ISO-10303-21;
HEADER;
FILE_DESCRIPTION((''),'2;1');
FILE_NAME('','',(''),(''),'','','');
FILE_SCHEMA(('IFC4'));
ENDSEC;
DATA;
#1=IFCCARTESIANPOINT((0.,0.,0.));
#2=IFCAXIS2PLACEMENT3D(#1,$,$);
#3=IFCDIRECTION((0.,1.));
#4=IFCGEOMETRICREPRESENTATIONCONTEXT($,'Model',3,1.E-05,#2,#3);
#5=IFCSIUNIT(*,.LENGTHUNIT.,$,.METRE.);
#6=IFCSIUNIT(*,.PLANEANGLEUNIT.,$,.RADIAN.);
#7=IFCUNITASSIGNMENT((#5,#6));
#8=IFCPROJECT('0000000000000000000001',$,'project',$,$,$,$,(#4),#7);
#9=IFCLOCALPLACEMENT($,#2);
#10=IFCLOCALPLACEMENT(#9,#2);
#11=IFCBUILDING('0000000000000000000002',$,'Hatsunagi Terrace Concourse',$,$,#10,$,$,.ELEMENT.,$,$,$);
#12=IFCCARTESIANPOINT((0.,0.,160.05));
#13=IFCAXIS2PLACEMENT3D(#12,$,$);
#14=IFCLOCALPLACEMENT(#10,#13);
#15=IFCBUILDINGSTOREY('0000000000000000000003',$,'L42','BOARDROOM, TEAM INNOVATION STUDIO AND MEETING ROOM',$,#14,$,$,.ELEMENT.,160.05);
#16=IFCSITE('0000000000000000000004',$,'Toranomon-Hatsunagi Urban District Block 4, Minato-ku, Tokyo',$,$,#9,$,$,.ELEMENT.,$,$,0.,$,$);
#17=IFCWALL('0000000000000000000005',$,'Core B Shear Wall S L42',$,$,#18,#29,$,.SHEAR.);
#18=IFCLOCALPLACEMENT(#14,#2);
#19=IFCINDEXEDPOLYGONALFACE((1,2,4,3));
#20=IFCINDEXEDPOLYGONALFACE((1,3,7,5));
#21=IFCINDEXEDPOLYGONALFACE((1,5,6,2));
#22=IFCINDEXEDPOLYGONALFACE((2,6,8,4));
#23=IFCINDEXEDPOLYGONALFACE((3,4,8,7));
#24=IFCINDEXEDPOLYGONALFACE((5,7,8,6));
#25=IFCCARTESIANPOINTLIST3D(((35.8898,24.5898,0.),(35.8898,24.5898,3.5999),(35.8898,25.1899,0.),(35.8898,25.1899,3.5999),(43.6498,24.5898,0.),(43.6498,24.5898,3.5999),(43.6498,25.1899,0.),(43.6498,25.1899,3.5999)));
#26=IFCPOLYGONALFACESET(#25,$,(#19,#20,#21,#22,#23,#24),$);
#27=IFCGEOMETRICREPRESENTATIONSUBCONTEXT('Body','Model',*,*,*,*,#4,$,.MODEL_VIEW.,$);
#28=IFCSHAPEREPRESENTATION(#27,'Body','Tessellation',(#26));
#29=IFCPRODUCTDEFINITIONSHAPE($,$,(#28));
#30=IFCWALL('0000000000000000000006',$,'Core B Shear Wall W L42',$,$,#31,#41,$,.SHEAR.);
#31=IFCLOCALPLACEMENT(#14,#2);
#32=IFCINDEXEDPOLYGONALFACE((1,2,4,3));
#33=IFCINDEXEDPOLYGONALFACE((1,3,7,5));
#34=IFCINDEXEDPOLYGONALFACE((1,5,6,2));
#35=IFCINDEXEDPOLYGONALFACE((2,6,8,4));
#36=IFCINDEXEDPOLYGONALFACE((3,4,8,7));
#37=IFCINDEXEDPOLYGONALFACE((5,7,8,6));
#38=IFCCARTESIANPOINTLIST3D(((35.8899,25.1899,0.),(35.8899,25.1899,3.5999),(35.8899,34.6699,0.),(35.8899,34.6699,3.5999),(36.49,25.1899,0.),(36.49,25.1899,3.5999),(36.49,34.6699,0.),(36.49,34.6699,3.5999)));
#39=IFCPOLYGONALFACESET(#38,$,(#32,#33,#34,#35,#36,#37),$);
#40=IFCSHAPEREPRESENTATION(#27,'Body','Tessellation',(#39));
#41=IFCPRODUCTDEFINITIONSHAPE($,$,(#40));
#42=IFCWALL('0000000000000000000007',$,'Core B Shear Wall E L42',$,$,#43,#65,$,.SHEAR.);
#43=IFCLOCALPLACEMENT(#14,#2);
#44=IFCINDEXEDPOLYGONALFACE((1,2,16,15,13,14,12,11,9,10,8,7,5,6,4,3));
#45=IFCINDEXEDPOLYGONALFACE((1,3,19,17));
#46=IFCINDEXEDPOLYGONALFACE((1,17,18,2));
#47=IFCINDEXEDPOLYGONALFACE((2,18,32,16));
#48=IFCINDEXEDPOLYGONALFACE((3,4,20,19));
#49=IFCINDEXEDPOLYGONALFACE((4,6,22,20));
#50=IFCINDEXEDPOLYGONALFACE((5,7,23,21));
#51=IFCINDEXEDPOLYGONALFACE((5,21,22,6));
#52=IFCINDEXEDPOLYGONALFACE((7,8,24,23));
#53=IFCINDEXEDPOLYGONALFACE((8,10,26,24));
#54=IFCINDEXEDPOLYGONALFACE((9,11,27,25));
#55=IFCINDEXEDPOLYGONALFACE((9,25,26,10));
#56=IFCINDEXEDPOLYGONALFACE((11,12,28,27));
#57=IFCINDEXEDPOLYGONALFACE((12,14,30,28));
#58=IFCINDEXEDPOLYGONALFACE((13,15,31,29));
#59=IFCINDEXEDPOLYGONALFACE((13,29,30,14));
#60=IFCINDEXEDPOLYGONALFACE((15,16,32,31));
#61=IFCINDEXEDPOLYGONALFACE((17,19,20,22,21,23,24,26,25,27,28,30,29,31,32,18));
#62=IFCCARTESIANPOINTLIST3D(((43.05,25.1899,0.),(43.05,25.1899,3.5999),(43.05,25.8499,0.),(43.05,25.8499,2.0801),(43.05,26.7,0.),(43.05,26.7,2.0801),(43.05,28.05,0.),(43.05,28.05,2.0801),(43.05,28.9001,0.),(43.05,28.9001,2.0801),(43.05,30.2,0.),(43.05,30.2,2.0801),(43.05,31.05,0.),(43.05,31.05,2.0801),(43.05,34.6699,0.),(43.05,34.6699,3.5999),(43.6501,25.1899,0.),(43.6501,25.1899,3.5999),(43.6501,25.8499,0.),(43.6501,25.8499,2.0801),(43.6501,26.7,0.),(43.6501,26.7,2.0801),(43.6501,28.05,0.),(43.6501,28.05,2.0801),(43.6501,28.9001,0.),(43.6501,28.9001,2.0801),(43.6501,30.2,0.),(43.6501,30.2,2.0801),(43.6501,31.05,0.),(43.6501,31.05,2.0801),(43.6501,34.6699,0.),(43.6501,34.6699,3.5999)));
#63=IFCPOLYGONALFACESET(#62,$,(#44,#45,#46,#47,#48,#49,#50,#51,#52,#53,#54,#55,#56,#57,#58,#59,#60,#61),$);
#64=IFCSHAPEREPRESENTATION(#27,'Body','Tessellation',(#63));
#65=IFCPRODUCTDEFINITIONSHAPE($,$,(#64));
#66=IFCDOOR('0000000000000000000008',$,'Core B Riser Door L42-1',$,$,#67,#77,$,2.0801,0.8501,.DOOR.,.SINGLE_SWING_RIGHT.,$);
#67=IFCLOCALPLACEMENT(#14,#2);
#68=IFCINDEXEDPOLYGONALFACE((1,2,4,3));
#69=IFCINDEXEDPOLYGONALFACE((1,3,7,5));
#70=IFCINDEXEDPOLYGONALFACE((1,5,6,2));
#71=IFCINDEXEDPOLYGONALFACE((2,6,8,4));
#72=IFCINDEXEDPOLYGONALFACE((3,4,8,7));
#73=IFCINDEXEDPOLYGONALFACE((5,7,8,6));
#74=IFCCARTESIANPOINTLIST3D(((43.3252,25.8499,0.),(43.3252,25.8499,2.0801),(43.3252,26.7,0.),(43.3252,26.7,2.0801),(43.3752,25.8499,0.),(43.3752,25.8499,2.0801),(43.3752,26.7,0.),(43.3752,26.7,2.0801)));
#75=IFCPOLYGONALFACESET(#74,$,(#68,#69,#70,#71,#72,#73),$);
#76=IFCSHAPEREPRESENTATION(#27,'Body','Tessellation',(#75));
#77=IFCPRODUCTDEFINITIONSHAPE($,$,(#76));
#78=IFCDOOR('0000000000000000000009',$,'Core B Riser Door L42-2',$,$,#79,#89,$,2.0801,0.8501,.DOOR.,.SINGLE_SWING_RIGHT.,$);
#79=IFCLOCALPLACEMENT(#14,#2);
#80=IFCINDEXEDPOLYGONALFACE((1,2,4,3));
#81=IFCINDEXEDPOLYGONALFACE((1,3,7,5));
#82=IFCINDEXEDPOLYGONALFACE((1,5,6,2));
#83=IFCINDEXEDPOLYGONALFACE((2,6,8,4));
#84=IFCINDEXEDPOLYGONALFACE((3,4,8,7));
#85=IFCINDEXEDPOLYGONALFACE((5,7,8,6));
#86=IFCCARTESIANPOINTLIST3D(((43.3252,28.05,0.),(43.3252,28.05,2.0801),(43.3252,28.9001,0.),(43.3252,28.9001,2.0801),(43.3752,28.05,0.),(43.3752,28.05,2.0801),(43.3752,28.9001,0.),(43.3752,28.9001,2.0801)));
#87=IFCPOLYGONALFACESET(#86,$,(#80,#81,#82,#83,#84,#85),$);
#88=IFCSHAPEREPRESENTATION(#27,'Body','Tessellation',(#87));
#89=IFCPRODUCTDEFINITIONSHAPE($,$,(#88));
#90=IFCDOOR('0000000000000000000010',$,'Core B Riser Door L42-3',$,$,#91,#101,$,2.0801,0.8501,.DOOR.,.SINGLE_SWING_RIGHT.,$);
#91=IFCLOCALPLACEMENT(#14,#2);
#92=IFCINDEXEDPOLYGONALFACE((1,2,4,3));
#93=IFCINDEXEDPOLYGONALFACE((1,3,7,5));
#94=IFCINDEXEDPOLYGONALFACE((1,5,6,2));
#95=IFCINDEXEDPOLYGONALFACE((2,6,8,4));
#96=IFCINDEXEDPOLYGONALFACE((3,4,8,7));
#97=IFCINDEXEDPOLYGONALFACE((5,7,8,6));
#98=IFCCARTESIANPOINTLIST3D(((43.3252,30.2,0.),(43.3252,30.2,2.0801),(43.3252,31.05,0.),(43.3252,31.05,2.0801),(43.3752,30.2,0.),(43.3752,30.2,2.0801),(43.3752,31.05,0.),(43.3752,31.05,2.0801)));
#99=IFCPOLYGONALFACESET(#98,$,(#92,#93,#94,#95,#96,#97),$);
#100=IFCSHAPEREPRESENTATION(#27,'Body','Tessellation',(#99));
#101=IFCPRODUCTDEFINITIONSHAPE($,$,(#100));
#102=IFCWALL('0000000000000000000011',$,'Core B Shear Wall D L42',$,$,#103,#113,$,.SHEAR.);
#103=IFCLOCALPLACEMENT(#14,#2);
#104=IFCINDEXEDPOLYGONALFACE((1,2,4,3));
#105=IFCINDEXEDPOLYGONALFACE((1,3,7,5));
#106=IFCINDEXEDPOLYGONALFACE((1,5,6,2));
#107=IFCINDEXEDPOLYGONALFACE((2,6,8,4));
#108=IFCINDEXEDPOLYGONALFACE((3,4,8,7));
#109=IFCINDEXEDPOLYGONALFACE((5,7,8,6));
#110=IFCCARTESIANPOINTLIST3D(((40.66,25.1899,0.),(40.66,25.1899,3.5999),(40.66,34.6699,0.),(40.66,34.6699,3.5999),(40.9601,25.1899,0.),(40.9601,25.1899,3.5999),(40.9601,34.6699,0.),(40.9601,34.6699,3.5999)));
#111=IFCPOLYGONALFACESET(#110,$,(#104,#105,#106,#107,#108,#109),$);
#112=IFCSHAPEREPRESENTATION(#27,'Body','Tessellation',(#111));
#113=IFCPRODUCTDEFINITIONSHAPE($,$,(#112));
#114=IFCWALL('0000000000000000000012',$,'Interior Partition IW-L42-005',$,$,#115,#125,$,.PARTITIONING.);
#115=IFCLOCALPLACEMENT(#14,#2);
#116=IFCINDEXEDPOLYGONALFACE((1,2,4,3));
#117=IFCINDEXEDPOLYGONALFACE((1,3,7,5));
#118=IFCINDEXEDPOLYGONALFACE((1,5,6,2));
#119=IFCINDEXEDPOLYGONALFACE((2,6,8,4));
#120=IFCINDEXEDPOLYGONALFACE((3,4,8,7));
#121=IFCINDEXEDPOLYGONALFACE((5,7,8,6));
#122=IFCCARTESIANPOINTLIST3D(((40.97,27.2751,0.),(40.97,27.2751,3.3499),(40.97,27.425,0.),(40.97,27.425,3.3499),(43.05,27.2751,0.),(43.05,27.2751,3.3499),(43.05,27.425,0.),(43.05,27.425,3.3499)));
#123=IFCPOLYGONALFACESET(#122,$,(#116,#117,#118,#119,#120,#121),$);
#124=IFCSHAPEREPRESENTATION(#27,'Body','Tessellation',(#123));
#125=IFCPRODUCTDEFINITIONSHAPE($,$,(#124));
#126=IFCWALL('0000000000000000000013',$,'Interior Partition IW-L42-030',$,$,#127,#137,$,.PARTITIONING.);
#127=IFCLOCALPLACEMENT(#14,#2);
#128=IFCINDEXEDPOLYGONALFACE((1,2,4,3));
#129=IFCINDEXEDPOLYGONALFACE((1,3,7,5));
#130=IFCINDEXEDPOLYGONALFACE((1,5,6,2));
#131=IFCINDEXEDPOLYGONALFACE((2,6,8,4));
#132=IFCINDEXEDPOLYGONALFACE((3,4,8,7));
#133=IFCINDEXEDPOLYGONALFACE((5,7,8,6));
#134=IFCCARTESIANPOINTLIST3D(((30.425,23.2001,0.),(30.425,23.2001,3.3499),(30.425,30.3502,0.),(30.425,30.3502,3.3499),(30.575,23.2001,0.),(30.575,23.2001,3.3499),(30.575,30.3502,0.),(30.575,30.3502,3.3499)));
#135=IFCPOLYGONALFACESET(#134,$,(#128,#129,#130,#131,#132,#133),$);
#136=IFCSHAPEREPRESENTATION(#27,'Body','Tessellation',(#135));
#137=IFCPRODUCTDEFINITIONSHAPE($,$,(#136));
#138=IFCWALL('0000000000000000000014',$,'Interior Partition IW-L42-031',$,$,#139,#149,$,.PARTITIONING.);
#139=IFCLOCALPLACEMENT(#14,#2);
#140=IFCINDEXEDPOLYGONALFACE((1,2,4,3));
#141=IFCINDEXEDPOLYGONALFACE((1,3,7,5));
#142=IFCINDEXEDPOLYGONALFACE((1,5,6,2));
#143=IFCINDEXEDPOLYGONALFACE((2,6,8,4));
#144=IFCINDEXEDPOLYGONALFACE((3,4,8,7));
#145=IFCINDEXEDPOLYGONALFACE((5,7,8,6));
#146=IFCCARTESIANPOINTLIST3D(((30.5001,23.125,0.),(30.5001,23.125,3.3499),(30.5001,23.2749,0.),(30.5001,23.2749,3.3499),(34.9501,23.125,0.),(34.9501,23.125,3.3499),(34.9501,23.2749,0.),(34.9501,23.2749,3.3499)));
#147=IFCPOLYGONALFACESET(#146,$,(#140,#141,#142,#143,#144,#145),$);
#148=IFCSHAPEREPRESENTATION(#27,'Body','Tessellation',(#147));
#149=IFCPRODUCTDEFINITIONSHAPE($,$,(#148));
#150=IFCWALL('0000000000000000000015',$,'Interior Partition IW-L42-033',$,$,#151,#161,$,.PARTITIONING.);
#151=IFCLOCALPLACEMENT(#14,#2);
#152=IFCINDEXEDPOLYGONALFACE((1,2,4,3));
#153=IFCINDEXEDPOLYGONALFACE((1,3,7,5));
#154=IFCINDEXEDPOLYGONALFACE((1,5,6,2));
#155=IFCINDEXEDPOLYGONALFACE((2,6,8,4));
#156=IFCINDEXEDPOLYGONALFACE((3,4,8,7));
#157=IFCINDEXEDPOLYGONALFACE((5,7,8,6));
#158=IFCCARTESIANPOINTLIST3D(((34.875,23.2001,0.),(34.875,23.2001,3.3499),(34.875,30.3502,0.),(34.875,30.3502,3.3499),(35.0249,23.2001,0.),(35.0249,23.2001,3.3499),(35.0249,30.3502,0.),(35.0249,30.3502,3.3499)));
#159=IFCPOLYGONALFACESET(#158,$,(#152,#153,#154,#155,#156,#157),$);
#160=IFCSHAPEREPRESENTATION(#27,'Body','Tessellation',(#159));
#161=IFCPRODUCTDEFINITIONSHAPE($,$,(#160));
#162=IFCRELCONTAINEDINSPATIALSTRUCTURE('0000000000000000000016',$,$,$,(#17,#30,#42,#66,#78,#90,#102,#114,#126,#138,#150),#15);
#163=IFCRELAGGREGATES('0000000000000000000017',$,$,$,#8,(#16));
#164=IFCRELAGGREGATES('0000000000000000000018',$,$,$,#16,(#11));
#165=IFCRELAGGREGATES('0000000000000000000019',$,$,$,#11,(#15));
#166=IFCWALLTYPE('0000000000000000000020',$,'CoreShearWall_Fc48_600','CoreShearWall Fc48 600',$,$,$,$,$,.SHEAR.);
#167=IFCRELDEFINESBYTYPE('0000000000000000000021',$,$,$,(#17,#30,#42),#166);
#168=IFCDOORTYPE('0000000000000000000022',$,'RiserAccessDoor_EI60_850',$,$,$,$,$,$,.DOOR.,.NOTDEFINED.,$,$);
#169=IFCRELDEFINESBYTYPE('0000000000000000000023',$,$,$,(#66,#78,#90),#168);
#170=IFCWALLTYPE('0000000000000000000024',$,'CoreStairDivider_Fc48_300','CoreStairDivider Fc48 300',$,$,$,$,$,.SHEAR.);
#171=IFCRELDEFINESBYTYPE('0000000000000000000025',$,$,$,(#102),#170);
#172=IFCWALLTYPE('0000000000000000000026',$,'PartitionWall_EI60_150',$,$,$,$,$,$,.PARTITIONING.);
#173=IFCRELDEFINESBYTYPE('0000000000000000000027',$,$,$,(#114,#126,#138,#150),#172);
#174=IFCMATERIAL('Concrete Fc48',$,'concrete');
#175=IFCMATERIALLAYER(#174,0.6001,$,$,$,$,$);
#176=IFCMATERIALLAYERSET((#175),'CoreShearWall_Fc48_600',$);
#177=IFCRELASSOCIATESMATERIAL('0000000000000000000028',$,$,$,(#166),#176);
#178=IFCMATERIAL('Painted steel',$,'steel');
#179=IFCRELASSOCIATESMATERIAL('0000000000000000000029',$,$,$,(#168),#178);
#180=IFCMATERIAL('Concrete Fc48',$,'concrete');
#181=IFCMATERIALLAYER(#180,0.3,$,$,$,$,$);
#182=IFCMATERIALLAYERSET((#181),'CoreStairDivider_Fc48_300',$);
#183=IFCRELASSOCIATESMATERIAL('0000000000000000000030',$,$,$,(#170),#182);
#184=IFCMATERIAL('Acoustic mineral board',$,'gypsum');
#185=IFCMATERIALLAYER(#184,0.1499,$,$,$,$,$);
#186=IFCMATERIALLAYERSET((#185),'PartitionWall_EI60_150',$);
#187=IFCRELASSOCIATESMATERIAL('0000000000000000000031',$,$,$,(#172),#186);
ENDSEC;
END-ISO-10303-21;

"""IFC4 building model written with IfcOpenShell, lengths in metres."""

from ifc_helpers import new_model, si_unit, direction, frame, frame_2d, origin, place, context, subcontext, project, spatial, rectangle, extrude, material, layer, layer_set, type_object, element, fill, save


model = new_model("IFC4")

# Units and contexts
model_context = context("Model", 3, precision=1e-05, world=origin(), true_north=direction((0.0, 1.0)))
body_context = subcontext(model_context, "Body", "Model", "MODEL_VIEW")
ifc_project = project(units=[si_unit("LENGTHUNIT", "METRE"), si_unit("PLANEANGLEUNIT", "RADIAN")], contexts=[model_context])

# Site, building, storey
site_placement = place(None, origin())
site = spatial("IfcSite", under=ifc_project, at=site_placement, Name="Toranomon-Hatsunagi Urban District Block 4, Minato-ku, Tokyo", CompositionType="ELEMENT", RefElevation=0.0)
building_placement = place(site_placement, origin())
building = spatial("IfcBuilding", under=site, at=building_placement, Name="Hatsunagi Terrace Concourse", CompositionType="ELEMENT")
storey_placement = place(building_placement, frame((0.0, 0.0, 160.05)))
storey = spatial("IfcBuildingStorey", under=building, at=storey_placement, Name="L42", Description="BOARDROOM, TEAM INNOVATION STUDIO AND MEETING ROOM", CompositionType="ELEMENT", Elevation=160.05)

# Walls
ifc_material_1 = material(Name="Concrete Fc48", Category="concrete")
ifc_layer_1 = layer(ifc_material_1, 0.6001)
ifc_layer_set_1 = layer_set([ifc_layer_1], Name="CoreShearWall_Fc48_600")
wall_type_1 = type_object("IfcWallType", Name="CoreShearWall_Fc48_600", Description="CoreShearWall Fc48 600", PredefinedType="SHEAR", material=ifc_layer_set_1)
wall_1_placement = place(storey_placement, frame((35.8899, 24.8899, 0.0), z_axis=(0.0, 0.0, 1.0), x_axis=(1.0, 0.0, 0.0)))
element("IfcWall", 1, at=wall_1_placement, inside=storey, type_object=wall_type_1, Name="Core B Shear Wall S L42", PredefinedType="SHEAR", context=body_context, shape_type="SweptSolid", body=[
    extrude(rectangle(XDim=7.76, YDim=0.6001, at=frame_2d((3.8799, 0.0))), origin(), (0.0, 0.0, 1.0), 3.5999),
])
wall_2_placement = place(storey_placement, frame((36.1899, 25.1899, 0.0), z_axis=(0.0, 0.0, 1.0), x_axis=(0.0, 1.0, 0.0)))
element("IfcWall", 2, at=wall_2_placement, inside=storey, type_object=wall_type_1, Name="Core B Shear Wall W L42", PredefinedType="SHEAR", context=body_context, shape_type="SweptSolid", body=[
    extrude(rectangle(XDim=9.48, YDim=0.6001, at=frame_2d((4.74, 0.0))), origin(), (0.0, 0.0, 1.0), 3.5999),
])

# Wall, openings, doors
wall_3_placement = place(storey_placement, frame((43.3501, 25.1899, 0.0), z_axis=(0.0, 0.0, 1.0), x_axis=(0.0, 1.0, 0.0)))
wall_3 = element("IfcWall", 3, at=wall_3_placement, inside=storey, type_object=wall_type_1, Name="Core B Shear Wall E L42", PredefinedType="SHEAR", context=body_context, shape_type="SweptSolid", body=[
    extrude(rectangle(XDim=9.48, YDim=0.6001, at=frame_2d((4.74, 0.0))), origin(), (0.0, 0.0, 1.0), 3.5999),
])
opening_1_placement = place(wall_3_placement, frame((0.6599, 0.0, 0.0)))
opening_1 = element("IfcOpeningElement", 4, at=opening_1_placement, cuts=wall_3, PredefinedType="OPENING", context=body_context, shape_type="SweptSolid", body=[
    extrude(rectangle(XDim=0.8501, YDim=2.0801, at=frame_2d((0.425, 1.04))), frame((0.0, 0.3101, 0.0), z_axis=(0.0, -1.0, 0.0), x_axis=(1.0, 0.0, 0.0)), (0.0, 0.0, 1.0), 0.6201),
])
opening_2_placement = place(wall_3_placement, frame((2.8601, 0.0, 0.0)))
opening_2 = element("IfcOpeningElement", 5, at=opening_2_placement, cuts=wall_3, PredefinedType="OPENING", context=body_context, shape_type="SweptSolid", body=[
    extrude(rectangle(XDim=0.8501, YDim=2.0801, at=frame_2d((0.425, 1.04))), frame((0.0, 0.3101, 0.0), z_axis=(0.0, -1.0, 0.0), x_axis=(1.0, 0.0, 0.0)), (0.0, 0.0, 1.0), 0.6201),
])
opening_3_placement = place(wall_3_placement, frame((5.01, 0.0, 0.0)))
opening_3 = element("IfcOpeningElement", 6, at=opening_3_placement, cuts=wall_3, PredefinedType="OPENING", context=body_context, shape_type="SweptSolid", body=[
    extrude(rectangle(XDim=0.8501, YDim=2.0801, at=frame_2d((0.425, 1.04))), frame((0.0, 0.3101, 0.0), z_axis=(0.0, -1.0, 0.0), x_axis=(1.0, 0.0, 0.0)), (0.0, 0.0, 1.0), 0.6201),
])
ifc_material_2 = material(Name="Painted steel", Category="steel")
door_type_1 = type_object("IfcDoorType", Name="RiserAccessDoor_EI60_850", OperationType="NOTDEFINED", PredefinedType="DOOR", material=ifc_material_2)
door_1_placement = place(opening_1_placement, origin())
door_1 = element("IfcDoor", 7, at=door_1_placement, inside=storey, type_object=door_type_1, Name="Core B Riser Door L42-1", OperationType="SINGLE_SWING_RIGHT", OverallHeight=2.0801, OverallWidth=0.8501, PredefinedType="DOOR", context=body_context, shape_type="SweptSolid", body=[
    extrude(rectangle(XDim=0.8501, YDim=2.0801, at=frame_2d((0.425, 1.04))), frame((0.0, 0.0249, 0.0), z_axis=(0.0, -1.0, 0.0), x_axis=(1.0, 0.0, 0.0)), (0.0, 0.0, 1.0), 0.05),
])
fill(opening_1, door_1)
door_2_placement = place(opening_2_placement, origin())
door_2 = element("IfcDoor", 8, at=door_2_placement, inside=storey, type_object=door_type_1, Name="Core B Riser Door L42-2", OperationType="SINGLE_SWING_RIGHT", OverallHeight=2.0801, OverallWidth=0.8501, PredefinedType="DOOR", context=body_context, shape_type="SweptSolid", body=[
    extrude(rectangle(XDim=0.8501, YDim=2.0801, at=frame_2d((0.425, 1.04))), frame((0.0, 0.0249, 0.0), z_axis=(0.0, -1.0, 0.0), x_axis=(1.0, 0.0, 0.0)), (0.0, 0.0, 1.0), 0.05),
])
fill(opening_2, door_2)
door_3_placement = place(opening_3_placement, origin())
door_3 = element("IfcDoor", 9, at=door_3_placement, inside=storey, type_object=door_type_1, Name="Core B Riser Door L42-3", OperationType="SINGLE_SWING_RIGHT", OverallHeight=2.0801, OverallWidth=0.8501, PredefinedType="DOOR", context=body_context, shape_type="SweptSolid", body=[
    extrude(rectangle(XDim=0.8501, YDim=2.0801, at=frame_2d((0.425, 1.04))), frame((0.0, 0.0249, 0.0), z_axis=(0.0, -1.0, 0.0), x_axis=(1.0, 0.0, 0.0)), (0.0, 0.0, 1.0), 0.05),
])
fill(opening_3, door_3)

# Walls
ifc_material_3 = material(Name="Concrete Fc48", Category="concrete")
ifc_layer_2 = layer(ifc_material_3, 0.3)
ifc_layer_set_2 = layer_set([ifc_layer_2], Name="CoreStairDivider_Fc48_300")
wall_type_2 = type_object("IfcWallType", Name="CoreStairDivider_Fc48_300", Description="CoreStairDivider Fc48 300", PredefinedType="SHEAR", material=ifc_layer_set_2)
wall_4_placement = place(storey_placement, frame((40.8101, 25.1899, 0.0), z_axis=(0.0, 0.0, 1.0), x_axis=(0.0, 1.0, 0.0)))
element("IfcWall", 10, at=wall_4_placement, inside=storey, type_object=wall_type_2, Name="Core B Shear Wall D L42", PredefinedType="SHEAR", context=body_context, shape_type="SweptSolid", body=[
    extrude(rectangle(XDim=9.48, YDim=0.3, at=frame_2d((4.74, 0.0))), origin(), (0.0, 0.0, 1.0), 3.5999),
])
ifc_material_4 = material(Name="Acoustic mineral board", Category="gypsum")
ifc_layer_3 = layer(ifc_material_4, 0.1499)
ifc_layer_set_3 = layer_set([ifc_layer_3], Name="PartitionWall_EI60_150")
wall_type_3 = type_object("IfcWallType", Name="PartitionWall_EI60_150", PredefinedType="PARTITIONING", material=ifc_layer_set_3)
wall_5_placement = place(storey_placement, frame((40.97, 27.3501, 0.0), z_axis=(0.0, 0.0, 1.0), x_axis=(1.0, 0.0, 0.0)))
element("IfcWall", 11, at=wall_5_placement, inside=storey, type_object=wall_type_3, Name="Interior Partition IW-L42-005", PredefinedType="PARTITIONING", context=body_context, shape_type="SweptSolid", body=[
    extrude(rectangle(XDim=2.0801, YDim=0.1499, at=frame_2d((1.04, 0.0))), origin(), (0.0, 0.0, 1.0), 3.3499),
])
wall_6_placement = place(storey_placement, frame((30.5, 23.2, 0.0), z_axis=(0.0, 0.0, 1.0), x_axis=(0.0, 1.0, 0.0)))
element("IfcWall", 12, at=wall_6_placement, inside=storey, type_object=wall_type_3, Name="Interior Partition IW-L42-030", PredefinedType="PARTITIONING", context=body_context, shape_type="SweptSolid", body=[
    extrude(rectangle(XDim=7.1501, YDim=0.1499, at=frame_2d((3.5752, 0.0))), origin(), (0.0, 0.0, 1.0), 3.3499),
])
wall_7_placement = place(storey_placement, frame((30.5, 23.2, 0.0), z_axis=(0.0, 0.0, 1.0), x_axis=(1.0, 0.0, 0.0)))
element("IfcWall", 13, at=wall_7_placement, inside=storey, type_object=wall_type_3, Name="Interior Partition IW-L42-031", PredefinedType="PARTITIONING", context=body_context, shape_type="SweptSolid", body=[
    extrude(rectangle(XDim=4.45, YDim=0.1499, at=frame_2d((2.2251, 0.0))), origin(), (0.0, 0.0, 1.0), 3.3499),
])
wall_8_placement = place(storey_placement, frame((34.95, 23.2, 0.0), z_axis=(0.0, 0.0, 1.0), x_axis=(0.0, 1.0, 0.0)))
element("IfcWall", 14, at=wall_8_placement, inside=storey, type_object=wall_type_3, Name="Interior Partition IW-L42-033", PredefinedType="PARTITIONING", context=body_context, shape_type="SweptSolid", body=[
    extrude(rectangle(XDim=7.1501, YDim=0.1499, at=frame_2d((3.5752, 0.0))), origin(), (0.0, 0.0, 1.0), 3.3499),
])

save(model, "model.ifc")
